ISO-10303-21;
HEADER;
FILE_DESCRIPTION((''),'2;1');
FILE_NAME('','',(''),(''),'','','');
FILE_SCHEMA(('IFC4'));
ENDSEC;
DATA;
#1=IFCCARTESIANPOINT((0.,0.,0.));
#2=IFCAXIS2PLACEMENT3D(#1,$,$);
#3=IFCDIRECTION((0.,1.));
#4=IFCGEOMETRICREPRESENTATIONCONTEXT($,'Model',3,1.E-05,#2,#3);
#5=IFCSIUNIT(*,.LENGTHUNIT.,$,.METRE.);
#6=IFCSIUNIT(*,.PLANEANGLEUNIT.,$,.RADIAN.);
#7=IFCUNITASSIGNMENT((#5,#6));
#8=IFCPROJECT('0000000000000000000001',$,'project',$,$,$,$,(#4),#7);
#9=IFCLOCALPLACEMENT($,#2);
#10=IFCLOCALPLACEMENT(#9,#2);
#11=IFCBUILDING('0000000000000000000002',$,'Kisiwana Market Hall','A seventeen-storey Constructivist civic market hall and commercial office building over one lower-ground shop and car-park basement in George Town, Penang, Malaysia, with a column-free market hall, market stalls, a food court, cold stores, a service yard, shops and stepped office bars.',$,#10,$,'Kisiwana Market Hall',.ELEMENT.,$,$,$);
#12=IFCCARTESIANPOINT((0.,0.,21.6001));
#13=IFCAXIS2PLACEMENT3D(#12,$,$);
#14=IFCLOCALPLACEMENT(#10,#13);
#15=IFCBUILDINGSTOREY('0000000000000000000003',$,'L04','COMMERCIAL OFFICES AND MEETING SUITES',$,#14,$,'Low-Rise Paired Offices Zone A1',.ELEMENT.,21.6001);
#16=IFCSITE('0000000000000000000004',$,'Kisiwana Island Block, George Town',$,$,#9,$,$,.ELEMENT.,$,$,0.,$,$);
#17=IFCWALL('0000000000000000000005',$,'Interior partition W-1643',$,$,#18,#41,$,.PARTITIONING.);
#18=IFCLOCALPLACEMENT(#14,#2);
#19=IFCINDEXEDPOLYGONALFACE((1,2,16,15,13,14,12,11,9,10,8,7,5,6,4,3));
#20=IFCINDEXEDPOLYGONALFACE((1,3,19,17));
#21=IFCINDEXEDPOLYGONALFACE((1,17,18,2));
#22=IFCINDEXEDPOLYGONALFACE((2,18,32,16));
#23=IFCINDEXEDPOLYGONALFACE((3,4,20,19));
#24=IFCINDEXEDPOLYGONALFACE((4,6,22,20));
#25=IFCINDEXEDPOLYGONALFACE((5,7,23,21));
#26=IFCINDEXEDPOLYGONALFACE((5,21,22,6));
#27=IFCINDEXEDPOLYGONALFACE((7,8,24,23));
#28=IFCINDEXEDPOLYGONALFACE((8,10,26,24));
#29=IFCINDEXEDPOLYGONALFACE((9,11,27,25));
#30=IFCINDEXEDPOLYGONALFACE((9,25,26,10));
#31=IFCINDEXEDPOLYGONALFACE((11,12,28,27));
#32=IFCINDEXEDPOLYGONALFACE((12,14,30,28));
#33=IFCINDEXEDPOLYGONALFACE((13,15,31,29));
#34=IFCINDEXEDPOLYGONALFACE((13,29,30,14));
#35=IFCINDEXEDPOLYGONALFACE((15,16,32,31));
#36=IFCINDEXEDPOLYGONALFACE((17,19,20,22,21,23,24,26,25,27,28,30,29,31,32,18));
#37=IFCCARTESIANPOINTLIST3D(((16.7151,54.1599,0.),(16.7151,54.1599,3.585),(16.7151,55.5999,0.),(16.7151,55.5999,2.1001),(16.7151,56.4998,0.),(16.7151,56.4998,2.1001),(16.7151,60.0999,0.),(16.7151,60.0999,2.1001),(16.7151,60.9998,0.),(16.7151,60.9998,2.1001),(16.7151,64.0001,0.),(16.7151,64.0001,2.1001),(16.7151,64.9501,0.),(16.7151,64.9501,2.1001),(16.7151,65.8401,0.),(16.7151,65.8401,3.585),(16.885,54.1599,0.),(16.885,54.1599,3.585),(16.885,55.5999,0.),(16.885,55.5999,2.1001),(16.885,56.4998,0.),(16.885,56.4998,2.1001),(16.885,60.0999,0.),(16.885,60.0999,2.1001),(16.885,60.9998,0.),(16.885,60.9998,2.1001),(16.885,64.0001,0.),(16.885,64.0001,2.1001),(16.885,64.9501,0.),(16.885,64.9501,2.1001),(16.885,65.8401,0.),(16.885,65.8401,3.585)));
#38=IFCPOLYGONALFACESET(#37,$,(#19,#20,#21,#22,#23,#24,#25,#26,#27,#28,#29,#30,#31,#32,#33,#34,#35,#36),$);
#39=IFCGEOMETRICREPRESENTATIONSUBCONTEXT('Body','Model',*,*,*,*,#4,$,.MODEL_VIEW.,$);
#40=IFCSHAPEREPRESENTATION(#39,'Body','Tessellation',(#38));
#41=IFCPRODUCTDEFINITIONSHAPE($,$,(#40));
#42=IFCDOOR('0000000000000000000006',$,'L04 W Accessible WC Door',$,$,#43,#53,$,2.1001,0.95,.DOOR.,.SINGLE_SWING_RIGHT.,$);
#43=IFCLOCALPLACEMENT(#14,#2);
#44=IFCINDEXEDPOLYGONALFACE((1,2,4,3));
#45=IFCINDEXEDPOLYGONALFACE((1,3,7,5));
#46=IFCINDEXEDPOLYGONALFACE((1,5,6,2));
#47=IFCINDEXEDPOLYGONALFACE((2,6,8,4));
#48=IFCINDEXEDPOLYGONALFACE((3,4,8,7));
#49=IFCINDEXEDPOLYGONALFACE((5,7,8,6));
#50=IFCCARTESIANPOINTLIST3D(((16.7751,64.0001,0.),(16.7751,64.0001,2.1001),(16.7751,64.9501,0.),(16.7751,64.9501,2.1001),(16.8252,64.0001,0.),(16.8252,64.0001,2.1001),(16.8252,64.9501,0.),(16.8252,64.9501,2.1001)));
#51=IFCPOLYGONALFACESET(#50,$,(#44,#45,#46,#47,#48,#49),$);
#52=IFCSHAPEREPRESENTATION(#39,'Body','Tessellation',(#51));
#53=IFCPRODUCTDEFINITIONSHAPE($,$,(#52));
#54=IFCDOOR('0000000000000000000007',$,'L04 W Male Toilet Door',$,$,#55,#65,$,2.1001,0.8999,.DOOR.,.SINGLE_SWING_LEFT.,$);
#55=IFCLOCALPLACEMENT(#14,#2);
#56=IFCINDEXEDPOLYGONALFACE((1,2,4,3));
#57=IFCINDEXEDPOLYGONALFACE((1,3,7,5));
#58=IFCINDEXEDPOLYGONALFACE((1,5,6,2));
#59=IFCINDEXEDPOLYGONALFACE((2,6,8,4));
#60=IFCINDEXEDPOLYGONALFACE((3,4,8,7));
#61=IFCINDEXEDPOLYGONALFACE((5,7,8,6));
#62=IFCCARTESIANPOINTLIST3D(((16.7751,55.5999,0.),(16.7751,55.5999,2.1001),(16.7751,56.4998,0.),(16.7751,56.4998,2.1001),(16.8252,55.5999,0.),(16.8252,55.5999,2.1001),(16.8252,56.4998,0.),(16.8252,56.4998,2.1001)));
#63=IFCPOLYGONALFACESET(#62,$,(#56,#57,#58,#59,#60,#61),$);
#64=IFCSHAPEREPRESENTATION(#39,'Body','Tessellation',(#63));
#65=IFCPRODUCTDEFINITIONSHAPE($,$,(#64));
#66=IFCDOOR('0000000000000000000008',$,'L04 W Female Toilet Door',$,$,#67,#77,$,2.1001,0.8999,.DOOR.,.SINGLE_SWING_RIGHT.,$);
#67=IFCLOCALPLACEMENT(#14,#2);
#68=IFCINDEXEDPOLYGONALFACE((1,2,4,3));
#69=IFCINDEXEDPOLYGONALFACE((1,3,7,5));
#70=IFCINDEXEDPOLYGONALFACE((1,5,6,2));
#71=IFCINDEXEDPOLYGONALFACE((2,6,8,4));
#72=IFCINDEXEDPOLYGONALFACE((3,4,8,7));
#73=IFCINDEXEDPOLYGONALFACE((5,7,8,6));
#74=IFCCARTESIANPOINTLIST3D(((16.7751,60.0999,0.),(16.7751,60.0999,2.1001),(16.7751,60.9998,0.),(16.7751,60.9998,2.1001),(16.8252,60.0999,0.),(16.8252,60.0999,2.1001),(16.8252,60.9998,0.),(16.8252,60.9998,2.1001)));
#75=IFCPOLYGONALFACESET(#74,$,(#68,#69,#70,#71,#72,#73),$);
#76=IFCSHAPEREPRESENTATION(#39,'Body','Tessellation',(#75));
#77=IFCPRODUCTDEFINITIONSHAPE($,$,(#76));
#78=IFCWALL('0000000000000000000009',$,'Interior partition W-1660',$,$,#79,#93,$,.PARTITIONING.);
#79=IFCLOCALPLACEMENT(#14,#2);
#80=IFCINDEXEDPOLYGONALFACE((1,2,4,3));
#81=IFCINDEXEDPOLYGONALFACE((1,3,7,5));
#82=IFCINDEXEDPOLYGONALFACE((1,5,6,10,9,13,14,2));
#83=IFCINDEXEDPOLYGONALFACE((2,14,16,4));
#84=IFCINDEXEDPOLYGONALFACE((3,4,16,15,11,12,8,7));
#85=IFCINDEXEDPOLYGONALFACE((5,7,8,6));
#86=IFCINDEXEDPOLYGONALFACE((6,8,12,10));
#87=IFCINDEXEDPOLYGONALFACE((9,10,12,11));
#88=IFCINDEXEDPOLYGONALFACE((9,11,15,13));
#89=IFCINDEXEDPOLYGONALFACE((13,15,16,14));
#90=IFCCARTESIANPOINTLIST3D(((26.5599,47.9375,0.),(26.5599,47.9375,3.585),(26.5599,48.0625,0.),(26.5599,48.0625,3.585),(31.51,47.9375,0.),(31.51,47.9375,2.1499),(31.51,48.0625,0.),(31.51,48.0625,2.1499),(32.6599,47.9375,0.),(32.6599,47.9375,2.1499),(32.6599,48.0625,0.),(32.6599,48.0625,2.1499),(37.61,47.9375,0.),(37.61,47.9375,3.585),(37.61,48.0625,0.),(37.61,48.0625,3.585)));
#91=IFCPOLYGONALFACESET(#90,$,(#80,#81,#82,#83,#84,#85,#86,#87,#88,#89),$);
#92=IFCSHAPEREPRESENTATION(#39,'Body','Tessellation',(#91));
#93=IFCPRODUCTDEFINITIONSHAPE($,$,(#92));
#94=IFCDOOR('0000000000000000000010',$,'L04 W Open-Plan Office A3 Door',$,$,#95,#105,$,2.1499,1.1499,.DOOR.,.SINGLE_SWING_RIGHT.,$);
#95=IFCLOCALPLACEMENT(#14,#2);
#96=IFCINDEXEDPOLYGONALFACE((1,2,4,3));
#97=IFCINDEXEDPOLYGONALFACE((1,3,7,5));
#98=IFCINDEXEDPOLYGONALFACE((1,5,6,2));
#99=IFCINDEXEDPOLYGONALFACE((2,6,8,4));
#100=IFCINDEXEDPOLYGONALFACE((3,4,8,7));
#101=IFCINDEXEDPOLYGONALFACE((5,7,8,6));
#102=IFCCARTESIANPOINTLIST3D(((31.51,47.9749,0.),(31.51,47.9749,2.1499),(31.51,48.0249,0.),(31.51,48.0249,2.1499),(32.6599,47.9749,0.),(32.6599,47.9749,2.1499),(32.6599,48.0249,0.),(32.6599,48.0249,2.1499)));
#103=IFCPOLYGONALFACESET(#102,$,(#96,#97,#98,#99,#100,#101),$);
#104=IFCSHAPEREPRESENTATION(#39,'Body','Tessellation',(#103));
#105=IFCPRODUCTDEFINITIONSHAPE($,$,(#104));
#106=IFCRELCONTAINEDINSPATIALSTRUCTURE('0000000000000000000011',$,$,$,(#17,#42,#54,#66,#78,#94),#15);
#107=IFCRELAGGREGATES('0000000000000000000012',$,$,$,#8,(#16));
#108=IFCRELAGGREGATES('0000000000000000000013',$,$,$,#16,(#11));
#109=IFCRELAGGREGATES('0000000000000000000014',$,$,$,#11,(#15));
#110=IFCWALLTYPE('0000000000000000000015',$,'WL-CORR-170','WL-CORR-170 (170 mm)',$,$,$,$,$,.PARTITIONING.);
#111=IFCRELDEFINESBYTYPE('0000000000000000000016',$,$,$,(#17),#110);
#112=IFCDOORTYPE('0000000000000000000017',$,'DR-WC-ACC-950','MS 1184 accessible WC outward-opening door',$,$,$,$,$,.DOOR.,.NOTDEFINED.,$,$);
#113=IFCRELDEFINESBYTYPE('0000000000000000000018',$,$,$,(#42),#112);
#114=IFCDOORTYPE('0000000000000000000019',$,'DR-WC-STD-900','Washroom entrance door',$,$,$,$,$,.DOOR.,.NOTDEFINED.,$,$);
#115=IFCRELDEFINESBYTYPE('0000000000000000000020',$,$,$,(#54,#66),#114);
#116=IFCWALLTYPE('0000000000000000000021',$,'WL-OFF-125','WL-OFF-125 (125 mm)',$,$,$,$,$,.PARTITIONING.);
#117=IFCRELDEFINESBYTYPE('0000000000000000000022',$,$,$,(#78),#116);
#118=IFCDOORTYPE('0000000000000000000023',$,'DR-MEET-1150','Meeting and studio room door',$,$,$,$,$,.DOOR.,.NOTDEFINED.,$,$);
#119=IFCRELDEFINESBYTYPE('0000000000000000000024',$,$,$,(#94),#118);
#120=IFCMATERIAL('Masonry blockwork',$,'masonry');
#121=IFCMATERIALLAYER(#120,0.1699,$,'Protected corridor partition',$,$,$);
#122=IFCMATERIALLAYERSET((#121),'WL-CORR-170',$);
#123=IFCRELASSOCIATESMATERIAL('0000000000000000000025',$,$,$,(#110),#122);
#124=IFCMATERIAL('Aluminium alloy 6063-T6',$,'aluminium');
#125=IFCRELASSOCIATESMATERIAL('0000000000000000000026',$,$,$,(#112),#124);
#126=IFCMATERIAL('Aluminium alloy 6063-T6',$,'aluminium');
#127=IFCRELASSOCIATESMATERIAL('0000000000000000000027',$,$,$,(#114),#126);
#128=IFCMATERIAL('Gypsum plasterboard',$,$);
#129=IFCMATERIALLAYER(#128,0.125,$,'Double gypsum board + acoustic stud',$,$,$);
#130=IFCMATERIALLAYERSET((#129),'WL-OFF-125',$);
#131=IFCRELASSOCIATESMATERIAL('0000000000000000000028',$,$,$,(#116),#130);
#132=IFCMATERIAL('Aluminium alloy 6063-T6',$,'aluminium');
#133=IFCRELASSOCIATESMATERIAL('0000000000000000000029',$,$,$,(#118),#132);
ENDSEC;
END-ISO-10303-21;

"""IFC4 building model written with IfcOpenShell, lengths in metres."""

from ifc_helpers import new_model, si_unit, direction, frame, frame_2d, origin, place, context, subcontext, project, spatial, rectangle, extrude, material, layer, layer_set, type_object, element, fill, save


model = new_model("IFC4")

# Units and contexts
model_context = context("Model", 3, precision=1e-05, world=origin(), true_north=direction((0.0, 1.0)))
body_context = subcontext(model_context, "Body", "Model", "MODEL_VIEW")
ifc_project = project(units=[si_unit("LENGTHUNIT", "METRE"), si_unit("PLANEANGLEUNIT", "RADIAN")], contexts=[model_context])

# Site, building, storey
site_placement = place(None, origin())
site = spatial("IfcSite", under=ifc_project, at=site_placement, Name="Kisiwana Island Block, George Town", CompositionType="ELEMENT", RefElevation=0.0)
building_placement = place(site_placement, origin())
building = spatial("IfcBuilding", under=site, at=building_placement, Name="Kisiwana Market Hall", Description="A seventeen-storey Constructivist civic market hall and commercial office building over one lower-ground shop and car-park basement in George Town, Penang, Malaysia, with a column-free market hall, market stalls, a food court, cold stores, a service yard, shops and stepped office bars.", LongName="Kisiwana Market Hall", CompositionType="ELEMENT")
storey_placement = place(building_placement, frame((0.0, 0.0, 21.6001)))
storey = spatial("IfcBuildingStorey", under=building, at=storey_placement, Name="L04", Description="COMMERCIAL OFFICES AND MEETING SUITES", LongName="Low-Rise Paired Offices Zone A1", CompositionType="ELEMENT", Elevation=21.6001)

# Wall, openings, doors
ifc_material_1 = material(Name="Masonry blockwork", Category="masonry")
ifc_layer_1 = layer(ifc_material_1, 0.1699, Name="Protected corridor partition")
ifc_layer_set_1 = layer_set([ifc_layer_1], Name="WL-CORR-170")
wall_type_1 = type_object("IfcWallType", Name="WL-CORR-170", Description="WL-CORR-170 (170 mm)", PredefinedType="PARTITIONING", material=ifc_layer_set_1)
wall_1_placement = place(storey_placement, frame((16.8, 54.1599, 0.0), z_axis=(0.0, 0.0, 1.0), x_axis=(0.0, 1.0, 0.0)))
wall_1 = element("IfcWall", 1, at=wall_1_placement, inside=storey, type_object=wall_type_1, Name="Interior partition W-1643", PredefinedType="PARTITIONING", context=body_context, shape_type="SweptSolid", body=[
    extrude(rectangle(XDim=11.6802, YDim=0.1699, at=frame_2d((5.8401, 0.0))), origin(), (0.0, 0.0, 1.0), 3.585),
])
opening_1_placement = place(wall_1_placement, frame((1.4399, 0.0, 0.0)))
opening_1 = element("IfcOpeningElement", 2, at=opening_1_placement, cuts=wall_1, PredefinedType="OPENING", context=body_context, shape_type="SweptSolid", body=[
    extrude(rectangle(XDim=0.8999, YDim=2.1001, at=frame_2d((0.45, 1.05))), frame((0.0, 0.0969, 0.0), z_axis=(0.0, -1.0, 0.0), x_axis=(1.0, 0.0, 0.0)), (0.0, 0.0, 1.0), 0.1938),
])
opening_2_placement = place(wall_1_placement, frame((5.9399, 0.0, 0.0)))
opening_2 = element("IfcOpeningElement", 3, at=opening_2_placement, cuts=wall_1, PredefinedType="OPENING", context=body_context, shape_type="SweptSolid", body=[
    extrude(rectangle(XDim=0.8999, YDim=2.1001, at=frame_2d((0.45, 1.05))), frame((0.0, 0.0969, 0.0), z_axis=(0.0, -1.0, 0.0), x_axis=(1.0, 0.0, 0.0)), (0.0, 0.0, 1.0), 0.1938),
])
opening_3_placement = place(wall_1_placement, frame((9.8401, 0.0, 0.0)))
opening_3 = element("IfcOpeningElement", 4, at=opening_3_placement, cuts=wall_1, PredefinedType="OPENING", context=body_context, shape_type="SweptSolid", body=[
    extrude(rectangle(XDim=0.95, YDim=2.1001, at=frame_2d((0.4751, 1.05))), frame((0.0, 0.0969, 0.0), z_axis=(0.0, -1.0, 0.0), x_axis=(1.0, 0.0, 0.0)), (0.0, 0.0, 1.0), 0.1938),
])
ifc_material_2 = material(Name="Aluminium alloy 6063-T6", Category="aluminium")
door_type_1 = type_object("IfcDoorType", Name="DR-WC-ACC-950", Description="MS 1184 accessible WC outward-opening door", OperationType="NOTDEFINED", PredefinedType="DOOR", material=ifc_material_2)
door_1_placement = place(opening_3_placement, origin())
door_1 = element("IfcDoor", 5, at=door_1_placement, inside=storey, type_object=door_type_1, Name="L04 W Accessible WC Door", OperationType="SINGLE_SWING_RIGHT", OverallHeight=2.1001, OverallWidth=0.95, PredefinedType="DOOR", context=body_context, shape_type="SweptSolid", body=[
    extrude(rectangle(XDim=0.95, YDim=2.1001, at=frame_2d((0.4751, 1.05))), frame((0.0, 0.0249, 0.0), z_axis=(0.0, -1.0, 0.0), x_axis=(1.0, 0.0, 0.0)), (0.0, 0.0, 1.0), 0.05),
])
fill(opening_3, door_1)
ifc_material_3 = material(Name="Aluminium alloy 6063-T6", Category="aluminium")
door_type_2 = type_object("IfcDoorType", Name="DR-WC-STD-900", Description="Washroom entrance door", OperationType="NOTDEFINED", PredefinedType="DOOR", material=ifc_material_3)
door_2_placement = place(opening_1_placement, origin())
door_2 = element("IfcDoor", 6, at=door_2_placement, inside=storey, type_object=door_type_2, Name="L04 W Male Toilet Door", OperationType="SINGLE_SWING_LEFT", OverallHeight=2.1001, OverallWidth=0.8999, PredefinedType="DOOR", context=body_context, shape_type="SweptSolid", body=[
    extrude(rectangle(XDim=0.8999, YDim=2.1001, at=frame_2d((0.45, 1.05))), frame((0.0, 0.0249, 0.0), z_axis=(0.0, -1.0, 0.0), x_axis=(1.0, 0.0, 0.0)), (0.0, 0.0, 1.0), 0.05),
])
fill(opening_1, door_2)
door_3_placement = place(opening_2_placement, origin())
door_3 = element("IfcDoor", 7, at=door_3_placement, inside=storey, type_object=door_type_2, Name="L04 W Female Toilet Door", OperationType="SINGLE_SWING_RIGHT", OverallHeight=2.1001, OverallWidth=0.8999, PredefinedType="DOOR", context=body_context, shape_type="SweptSolid", body=[
    extrude(rectangle(XDim=0.8999, YDim=2.1001, at=frame_2d((0.45, 1.05))), frame((0.0, 0.0249, 0.0), z_axis=(0.0, -1.0, 0.0), x_axis=(1.0, 0.0, 0.0)), (0.0, 0.0, 1.0), 0.05),
])
fill(opening_2, door_3)

# Wall, opening, door
ifc_material_4 = material(Name="Gypsum plasterboard")
ifc_layer_2 = layer(ifc_material_4, 0.125, Name="Double gypsum board + acoustic stud")
ifc_layer_set_2 = layer_set([ifc_layer_2], Name="WL-OFF-125")
wall_type_2 = type_object("IfcWallType", Name="WL-OFF-125", Description="WL-OFF-125 (125 mm)", PredefinedType="PARTITIONING", material=ifc_layer_set_2)
wall_2_placement = place(storey_placement, frame((26.5601, 48.0, 0.0), z_axis=(0.0, 0.0, 1.0), x_axis=(1.0, 0.0, 0.0)))
wall_2 = element("IfcWall", 8, at=wall_2_placement, inside=storey, type_object=wall_type_2, Name="Interior partition W-1660", PredefinedType="PARTITIONING", context=body_context, shape_type="SweptSolid", body=[
    extrude(rectangle(XDim=11.05, YDim=0.125, at=frame_2d((5.5249, 0.0))), origin(), (0.0, 0.0, 1.0), 3.585),
])
opening_4_placement = place(wall_2_placement, frame((4.95, 0.0, 0.0)))
opening_4 = element("IfcOpeningElement", 9, at=opening_4_placement, cuts=wall_2, PredefinedType="OPENING", context=body_context, shape_type="SweptSolid", body=[
    extrude(rectangle(XDim=1.1499, YDim=2.1499, at=frame_2d((0.575, 1.075))), frame((0.0, 0.0745, 0.0), z_axis=(0.0, -1.0, 0.0), x_axis=(1.0, 0.0, 0.0)), (0.0, 0.0, 1.0), 0.1489),
])
ifc_material_5 = material(Name="Aluminium alloy 6063-T6", Category="aluminium")
door_type_3 = type_object("IfcDoorType", Name="DR-MEET-1150", Description="Meeting and studio room door", OperationType="NOTDEFINED", PredefinedType="DOOR", material=ifc_material_5)
door_4_placement = place(opening_4_placement, origin())
door_4 = element("IfcDoor", 10, at=door_4_placement, inside=storey, type_object=door_type_3, Name="L04 W Open-Plan Office A3 Door", OperationType="SINGLE_SWING_RIGHT", OverallHeight=2.1499, OverallWidth=1.1499, PredefinedType="DOOR", context=body_context, shape_type="SweptSolid", body=[
    extrude(rectangle(XDim=1.1499, YDim=2.1499, at=frame_2d((0.575, 1.075))), frame((0.0, 0.0249, 0.0), z_axis=(0.0, -1.0, 0.0), x_axis=(1.0, 0.0, 0.0)), (0.0, 0.0, 1.0), 0.05),
])
fill(opening_4, door_4)

save(model, "model.ifc")
